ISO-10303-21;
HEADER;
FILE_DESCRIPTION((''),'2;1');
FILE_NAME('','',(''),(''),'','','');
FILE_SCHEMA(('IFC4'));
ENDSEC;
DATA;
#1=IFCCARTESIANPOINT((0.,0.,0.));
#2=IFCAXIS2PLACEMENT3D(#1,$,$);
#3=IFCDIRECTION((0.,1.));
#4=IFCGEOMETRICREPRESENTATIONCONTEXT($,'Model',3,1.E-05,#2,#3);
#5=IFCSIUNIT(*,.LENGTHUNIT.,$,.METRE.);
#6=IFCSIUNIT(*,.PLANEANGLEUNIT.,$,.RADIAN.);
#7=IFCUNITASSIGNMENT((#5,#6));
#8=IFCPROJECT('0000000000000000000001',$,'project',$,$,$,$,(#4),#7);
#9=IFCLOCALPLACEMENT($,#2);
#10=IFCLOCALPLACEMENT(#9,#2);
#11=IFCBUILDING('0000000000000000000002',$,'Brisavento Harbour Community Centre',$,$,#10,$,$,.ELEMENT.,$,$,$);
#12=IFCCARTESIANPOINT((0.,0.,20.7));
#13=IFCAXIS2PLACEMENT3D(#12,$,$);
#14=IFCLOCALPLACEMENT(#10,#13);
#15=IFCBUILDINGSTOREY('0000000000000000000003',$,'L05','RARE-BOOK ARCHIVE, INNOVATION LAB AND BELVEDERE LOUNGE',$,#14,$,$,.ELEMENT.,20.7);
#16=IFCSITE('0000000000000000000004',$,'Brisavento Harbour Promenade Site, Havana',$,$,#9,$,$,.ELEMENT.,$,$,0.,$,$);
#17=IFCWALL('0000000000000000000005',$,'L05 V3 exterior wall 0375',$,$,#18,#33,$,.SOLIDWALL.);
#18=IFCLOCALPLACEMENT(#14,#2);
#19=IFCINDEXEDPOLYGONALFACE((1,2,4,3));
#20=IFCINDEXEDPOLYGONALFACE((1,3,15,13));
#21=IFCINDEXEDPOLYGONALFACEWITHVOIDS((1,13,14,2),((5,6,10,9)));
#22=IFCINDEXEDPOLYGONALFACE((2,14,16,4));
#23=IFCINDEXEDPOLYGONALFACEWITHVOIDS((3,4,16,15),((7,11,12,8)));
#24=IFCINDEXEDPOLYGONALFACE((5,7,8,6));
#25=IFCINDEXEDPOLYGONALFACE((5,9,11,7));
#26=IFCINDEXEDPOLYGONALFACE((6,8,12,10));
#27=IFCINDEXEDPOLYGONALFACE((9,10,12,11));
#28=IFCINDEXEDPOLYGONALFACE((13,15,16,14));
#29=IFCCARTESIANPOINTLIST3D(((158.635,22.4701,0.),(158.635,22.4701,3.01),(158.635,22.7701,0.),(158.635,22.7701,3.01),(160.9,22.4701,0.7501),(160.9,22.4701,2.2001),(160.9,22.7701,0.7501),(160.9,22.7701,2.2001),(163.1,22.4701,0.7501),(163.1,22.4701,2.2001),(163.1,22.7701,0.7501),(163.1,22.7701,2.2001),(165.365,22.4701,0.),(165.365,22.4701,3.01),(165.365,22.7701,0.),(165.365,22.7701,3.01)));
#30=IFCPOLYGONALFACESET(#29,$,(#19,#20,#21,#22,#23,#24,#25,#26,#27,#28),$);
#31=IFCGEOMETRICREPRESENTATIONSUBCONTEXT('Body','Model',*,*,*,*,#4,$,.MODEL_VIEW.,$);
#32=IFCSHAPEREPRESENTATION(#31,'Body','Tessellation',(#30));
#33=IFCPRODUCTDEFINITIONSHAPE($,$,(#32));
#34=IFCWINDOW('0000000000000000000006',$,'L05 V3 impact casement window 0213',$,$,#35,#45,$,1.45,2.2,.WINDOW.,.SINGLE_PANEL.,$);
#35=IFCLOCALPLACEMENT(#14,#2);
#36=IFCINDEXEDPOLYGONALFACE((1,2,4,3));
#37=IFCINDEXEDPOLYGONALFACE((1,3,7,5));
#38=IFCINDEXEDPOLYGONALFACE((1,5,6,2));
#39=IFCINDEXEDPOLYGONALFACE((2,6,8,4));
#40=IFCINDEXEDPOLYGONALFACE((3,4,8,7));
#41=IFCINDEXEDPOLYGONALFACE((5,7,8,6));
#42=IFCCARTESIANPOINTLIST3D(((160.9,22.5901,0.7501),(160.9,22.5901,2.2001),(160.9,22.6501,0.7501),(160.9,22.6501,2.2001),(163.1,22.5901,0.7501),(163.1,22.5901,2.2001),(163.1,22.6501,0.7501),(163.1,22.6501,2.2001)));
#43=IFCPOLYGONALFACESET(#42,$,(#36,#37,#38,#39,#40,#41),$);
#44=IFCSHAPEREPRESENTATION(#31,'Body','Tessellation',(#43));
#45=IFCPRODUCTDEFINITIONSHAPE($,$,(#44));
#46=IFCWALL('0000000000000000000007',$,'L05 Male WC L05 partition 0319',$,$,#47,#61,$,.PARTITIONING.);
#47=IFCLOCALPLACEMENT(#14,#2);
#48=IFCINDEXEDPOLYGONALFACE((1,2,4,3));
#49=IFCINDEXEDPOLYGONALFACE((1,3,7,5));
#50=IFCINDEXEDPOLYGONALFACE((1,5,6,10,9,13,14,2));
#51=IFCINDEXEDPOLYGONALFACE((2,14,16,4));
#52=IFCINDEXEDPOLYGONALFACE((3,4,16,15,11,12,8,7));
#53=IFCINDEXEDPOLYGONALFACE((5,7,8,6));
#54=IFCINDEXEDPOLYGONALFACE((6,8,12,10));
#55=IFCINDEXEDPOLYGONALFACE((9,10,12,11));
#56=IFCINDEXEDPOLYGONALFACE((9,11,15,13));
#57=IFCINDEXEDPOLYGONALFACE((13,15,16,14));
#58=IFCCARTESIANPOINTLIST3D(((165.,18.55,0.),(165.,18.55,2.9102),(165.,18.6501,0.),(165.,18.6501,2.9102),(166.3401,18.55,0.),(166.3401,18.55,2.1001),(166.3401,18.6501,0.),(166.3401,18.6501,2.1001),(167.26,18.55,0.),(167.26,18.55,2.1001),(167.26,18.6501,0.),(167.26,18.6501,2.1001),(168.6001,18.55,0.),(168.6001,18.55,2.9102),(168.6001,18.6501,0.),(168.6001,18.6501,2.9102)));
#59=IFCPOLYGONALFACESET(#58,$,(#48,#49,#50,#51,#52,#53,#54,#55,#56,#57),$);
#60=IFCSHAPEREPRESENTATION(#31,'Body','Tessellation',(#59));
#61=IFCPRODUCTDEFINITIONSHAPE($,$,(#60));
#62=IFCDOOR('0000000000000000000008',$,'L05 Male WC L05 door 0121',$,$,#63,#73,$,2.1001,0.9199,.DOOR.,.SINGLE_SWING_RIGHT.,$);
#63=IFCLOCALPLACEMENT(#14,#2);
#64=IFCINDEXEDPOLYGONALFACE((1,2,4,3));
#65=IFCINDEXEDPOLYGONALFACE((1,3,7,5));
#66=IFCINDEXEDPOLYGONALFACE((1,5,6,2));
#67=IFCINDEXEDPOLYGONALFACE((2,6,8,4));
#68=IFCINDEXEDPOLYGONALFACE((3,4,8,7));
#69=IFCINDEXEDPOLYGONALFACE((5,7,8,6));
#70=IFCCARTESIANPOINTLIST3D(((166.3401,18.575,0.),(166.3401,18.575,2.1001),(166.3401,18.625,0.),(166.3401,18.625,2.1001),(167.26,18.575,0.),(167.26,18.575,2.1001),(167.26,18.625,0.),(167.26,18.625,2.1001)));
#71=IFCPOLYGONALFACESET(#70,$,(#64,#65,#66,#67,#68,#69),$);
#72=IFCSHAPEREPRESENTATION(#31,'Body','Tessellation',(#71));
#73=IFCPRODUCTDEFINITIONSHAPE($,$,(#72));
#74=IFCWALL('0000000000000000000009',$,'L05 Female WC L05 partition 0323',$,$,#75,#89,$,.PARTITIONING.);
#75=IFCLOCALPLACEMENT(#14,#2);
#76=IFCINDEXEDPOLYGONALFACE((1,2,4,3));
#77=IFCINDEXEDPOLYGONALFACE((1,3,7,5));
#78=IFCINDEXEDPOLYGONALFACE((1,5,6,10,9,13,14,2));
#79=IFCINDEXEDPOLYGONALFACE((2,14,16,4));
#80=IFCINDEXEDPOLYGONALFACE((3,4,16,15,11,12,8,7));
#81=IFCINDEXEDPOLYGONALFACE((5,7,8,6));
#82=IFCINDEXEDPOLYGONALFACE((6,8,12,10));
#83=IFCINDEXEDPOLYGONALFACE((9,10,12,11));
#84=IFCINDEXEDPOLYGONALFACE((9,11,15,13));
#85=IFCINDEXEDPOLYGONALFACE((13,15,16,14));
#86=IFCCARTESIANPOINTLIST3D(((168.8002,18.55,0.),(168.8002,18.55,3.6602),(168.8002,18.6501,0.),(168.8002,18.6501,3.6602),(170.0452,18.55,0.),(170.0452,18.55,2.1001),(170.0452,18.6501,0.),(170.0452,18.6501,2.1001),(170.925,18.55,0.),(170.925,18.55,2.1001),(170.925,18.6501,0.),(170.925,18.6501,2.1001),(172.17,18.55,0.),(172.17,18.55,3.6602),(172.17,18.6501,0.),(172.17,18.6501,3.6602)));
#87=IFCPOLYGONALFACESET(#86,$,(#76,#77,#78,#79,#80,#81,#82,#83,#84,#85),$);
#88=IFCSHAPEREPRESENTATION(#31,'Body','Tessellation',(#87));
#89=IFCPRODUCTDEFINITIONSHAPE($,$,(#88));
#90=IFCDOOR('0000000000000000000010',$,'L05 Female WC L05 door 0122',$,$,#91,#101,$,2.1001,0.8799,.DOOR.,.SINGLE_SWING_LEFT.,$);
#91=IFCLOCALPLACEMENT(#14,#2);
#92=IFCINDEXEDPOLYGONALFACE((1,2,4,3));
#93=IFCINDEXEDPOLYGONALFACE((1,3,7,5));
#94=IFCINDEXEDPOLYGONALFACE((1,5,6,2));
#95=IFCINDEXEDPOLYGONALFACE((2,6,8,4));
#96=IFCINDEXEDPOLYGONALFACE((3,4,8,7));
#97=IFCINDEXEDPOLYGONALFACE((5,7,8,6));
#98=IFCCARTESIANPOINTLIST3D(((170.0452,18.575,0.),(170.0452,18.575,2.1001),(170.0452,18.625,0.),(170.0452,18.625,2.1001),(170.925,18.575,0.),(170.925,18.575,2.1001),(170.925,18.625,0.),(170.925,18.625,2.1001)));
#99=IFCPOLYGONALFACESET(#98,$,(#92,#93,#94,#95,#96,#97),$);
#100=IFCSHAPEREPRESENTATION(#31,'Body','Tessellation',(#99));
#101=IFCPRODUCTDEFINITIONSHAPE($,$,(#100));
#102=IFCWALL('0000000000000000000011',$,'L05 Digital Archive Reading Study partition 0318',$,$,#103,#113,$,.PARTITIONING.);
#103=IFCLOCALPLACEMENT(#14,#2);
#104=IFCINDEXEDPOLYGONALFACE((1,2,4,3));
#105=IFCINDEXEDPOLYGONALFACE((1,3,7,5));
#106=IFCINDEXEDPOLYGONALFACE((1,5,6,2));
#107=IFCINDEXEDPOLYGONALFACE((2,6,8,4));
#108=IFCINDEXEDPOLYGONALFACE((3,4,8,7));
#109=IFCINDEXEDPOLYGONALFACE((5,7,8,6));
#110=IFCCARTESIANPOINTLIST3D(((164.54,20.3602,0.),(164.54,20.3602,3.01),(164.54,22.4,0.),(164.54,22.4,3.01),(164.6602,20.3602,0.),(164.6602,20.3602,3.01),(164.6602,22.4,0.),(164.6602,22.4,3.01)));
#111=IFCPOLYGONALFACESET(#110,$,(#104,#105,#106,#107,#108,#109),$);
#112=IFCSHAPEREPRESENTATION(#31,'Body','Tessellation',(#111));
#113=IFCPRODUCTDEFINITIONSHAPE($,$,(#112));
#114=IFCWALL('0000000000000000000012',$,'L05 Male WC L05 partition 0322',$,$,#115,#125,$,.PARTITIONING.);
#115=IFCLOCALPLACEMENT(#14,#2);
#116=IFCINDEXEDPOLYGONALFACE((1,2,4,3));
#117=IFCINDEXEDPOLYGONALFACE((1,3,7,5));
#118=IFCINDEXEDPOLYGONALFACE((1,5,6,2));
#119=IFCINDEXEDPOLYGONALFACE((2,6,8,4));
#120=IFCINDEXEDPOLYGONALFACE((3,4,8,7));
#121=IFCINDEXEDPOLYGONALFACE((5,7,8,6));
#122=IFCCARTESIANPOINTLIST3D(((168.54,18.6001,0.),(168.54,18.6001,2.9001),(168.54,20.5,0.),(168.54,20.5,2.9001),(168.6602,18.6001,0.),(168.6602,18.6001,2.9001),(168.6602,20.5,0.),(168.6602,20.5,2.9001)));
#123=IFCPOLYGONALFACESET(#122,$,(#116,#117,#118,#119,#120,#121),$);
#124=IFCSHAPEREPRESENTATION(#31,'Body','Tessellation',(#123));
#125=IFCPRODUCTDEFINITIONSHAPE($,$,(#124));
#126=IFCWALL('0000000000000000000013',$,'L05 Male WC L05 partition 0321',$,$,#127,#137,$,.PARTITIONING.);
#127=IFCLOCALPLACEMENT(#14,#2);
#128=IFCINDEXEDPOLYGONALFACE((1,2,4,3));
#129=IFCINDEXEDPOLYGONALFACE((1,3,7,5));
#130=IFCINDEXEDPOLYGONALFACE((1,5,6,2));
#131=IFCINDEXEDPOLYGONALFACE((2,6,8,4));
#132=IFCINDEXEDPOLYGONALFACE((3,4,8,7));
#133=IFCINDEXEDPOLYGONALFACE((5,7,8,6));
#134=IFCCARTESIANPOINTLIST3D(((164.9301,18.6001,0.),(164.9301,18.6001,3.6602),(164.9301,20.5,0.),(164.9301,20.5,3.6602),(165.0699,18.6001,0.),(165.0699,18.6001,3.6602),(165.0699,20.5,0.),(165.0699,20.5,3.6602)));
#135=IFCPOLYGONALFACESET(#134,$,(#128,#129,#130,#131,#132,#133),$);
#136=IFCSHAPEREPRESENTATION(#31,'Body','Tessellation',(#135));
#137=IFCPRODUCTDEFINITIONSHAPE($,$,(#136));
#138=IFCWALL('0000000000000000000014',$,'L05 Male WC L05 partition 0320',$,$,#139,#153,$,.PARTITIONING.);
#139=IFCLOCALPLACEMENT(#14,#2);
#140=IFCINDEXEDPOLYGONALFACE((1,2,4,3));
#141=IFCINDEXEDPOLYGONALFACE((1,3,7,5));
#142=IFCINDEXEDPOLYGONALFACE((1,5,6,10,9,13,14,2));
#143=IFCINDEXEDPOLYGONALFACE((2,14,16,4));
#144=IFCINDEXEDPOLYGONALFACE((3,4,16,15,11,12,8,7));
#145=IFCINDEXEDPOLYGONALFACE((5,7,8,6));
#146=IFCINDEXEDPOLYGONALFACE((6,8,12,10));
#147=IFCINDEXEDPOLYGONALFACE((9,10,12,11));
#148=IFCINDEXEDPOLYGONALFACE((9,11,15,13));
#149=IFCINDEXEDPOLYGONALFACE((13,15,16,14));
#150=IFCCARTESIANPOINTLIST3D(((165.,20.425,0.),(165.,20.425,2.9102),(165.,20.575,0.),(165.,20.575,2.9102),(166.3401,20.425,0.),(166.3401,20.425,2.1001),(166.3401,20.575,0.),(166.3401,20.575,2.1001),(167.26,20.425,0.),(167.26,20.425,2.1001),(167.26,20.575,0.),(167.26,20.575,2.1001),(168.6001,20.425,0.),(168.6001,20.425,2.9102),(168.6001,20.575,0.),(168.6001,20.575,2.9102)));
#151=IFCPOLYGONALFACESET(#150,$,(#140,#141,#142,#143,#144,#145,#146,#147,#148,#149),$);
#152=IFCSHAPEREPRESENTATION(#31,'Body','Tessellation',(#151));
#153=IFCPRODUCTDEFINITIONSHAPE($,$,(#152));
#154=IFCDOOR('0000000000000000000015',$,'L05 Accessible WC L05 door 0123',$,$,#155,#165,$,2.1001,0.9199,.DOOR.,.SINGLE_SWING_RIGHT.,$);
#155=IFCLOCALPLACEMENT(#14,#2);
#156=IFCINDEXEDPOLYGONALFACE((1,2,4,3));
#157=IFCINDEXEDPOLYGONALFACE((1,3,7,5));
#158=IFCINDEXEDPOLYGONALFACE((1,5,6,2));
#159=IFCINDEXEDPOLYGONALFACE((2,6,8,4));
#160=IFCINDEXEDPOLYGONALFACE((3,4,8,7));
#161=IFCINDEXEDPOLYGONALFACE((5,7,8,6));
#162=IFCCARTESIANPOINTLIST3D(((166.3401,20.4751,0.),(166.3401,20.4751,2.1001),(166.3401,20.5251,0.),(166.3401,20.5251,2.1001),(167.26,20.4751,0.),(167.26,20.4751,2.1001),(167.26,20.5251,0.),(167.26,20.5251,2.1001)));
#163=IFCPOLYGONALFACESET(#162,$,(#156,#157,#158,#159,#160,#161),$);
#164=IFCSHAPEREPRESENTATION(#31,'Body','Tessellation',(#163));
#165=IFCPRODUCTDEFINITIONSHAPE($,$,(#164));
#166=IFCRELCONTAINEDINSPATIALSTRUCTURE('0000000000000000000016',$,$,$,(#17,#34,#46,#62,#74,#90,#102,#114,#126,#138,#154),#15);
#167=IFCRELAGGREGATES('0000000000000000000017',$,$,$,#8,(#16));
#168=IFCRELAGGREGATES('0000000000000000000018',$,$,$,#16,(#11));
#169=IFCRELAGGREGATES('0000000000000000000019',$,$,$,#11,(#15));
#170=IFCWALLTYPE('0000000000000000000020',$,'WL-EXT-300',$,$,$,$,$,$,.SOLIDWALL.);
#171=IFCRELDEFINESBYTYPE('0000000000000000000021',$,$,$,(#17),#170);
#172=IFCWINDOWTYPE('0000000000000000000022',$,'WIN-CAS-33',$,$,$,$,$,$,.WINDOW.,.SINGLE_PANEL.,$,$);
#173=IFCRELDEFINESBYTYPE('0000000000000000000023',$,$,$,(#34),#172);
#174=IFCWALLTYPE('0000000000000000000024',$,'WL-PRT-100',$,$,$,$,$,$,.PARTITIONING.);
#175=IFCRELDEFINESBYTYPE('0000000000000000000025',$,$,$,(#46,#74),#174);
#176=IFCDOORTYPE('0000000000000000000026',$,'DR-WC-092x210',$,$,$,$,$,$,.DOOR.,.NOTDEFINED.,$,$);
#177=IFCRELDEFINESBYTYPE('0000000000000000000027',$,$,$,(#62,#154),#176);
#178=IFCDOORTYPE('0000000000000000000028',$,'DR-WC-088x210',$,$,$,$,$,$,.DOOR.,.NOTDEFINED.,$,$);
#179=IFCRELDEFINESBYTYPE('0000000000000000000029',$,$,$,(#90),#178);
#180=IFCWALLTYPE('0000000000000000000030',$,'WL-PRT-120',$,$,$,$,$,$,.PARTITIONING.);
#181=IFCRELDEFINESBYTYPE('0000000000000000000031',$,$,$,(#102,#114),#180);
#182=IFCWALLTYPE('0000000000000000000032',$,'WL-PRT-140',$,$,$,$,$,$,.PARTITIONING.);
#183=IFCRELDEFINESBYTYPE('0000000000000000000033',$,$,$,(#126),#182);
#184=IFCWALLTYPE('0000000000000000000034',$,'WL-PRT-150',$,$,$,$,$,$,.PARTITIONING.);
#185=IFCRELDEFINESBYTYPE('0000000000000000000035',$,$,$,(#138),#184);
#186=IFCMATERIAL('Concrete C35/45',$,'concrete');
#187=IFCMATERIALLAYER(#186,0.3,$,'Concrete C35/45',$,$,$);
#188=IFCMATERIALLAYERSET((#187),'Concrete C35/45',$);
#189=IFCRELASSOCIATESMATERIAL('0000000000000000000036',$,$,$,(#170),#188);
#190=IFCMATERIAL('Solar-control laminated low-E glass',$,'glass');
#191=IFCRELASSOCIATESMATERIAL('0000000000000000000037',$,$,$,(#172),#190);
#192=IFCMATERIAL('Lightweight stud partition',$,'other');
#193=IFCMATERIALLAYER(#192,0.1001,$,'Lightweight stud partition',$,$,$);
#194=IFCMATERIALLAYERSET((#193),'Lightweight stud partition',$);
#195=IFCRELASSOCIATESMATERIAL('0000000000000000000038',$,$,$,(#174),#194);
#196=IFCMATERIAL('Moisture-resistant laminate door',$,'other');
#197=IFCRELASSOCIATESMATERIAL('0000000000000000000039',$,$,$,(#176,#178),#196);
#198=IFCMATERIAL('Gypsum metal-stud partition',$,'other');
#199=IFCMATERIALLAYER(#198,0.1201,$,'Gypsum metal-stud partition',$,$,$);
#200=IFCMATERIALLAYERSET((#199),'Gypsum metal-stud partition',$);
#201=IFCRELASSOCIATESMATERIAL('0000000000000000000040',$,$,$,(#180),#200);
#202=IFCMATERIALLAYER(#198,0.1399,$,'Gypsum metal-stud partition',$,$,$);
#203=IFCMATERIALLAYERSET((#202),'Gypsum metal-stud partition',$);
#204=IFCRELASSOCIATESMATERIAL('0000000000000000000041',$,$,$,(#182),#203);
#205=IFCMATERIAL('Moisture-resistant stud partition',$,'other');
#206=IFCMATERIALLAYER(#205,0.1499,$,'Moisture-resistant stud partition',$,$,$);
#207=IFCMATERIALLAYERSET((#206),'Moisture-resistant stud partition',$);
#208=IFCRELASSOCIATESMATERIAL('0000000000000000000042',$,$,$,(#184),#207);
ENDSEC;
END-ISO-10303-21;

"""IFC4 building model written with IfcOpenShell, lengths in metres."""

from ifc_helpers import new_model, si_unit, direction, frame, frame_2d, origin, place, context, subcontext, project, spatial, rectangle, extrude, material, layer, layer_set, type_object, element, fill, save


model = new_model("IFC4")

# Units and contexts
model_context = context("Model", 3, precision=1e-05, world=origin(), true_north=direction((0.0, 1.0)))
body_context = subcontext(model_context, "Body", "Model", "MODEL_VIEW")
ifc_project = project(units=[si_unit("LENGTHUNIT", "METRE"), si_unit("PLANEANGLEUNIT", "RADIAN")], contexts=[model_context])

# Site, building, storey
site_placement = place(None, origin())
site = spatial("IfcSite", under=ifc_project, at=site_placement, Name="Brisavento Harbour Promenade Site, Havana", CompositionType="ELEMENT", RefElevation=0.0)
building_placement = place(site_placement, origin())
building = spatial("IfcBuilding", under=site, at=building_placement, Name="Brisavento Harbour Community Centre", CompositionType="ELEMENT")
storey_placement = place(building_placement, frame((0.0, 0.0, 20.7)))
storey = spatial("IfcBuildingStorey", under=building, at=storey_placement, Name="L05", Description="RARE-BOOK ARCHIVE, INNOVATION LAB AND BELVEDERE LOUNGE", CompositionType="ELEMENT", Elevation=20.7)

# Shared definitions
ifc_material_1 = material(Name="Concrete C35/45", Category="concrete")

# Wall, opening, window
ifc_material_2 = material(Name="Solar-control laminated low-E glass", Category="glass")
ifc_layer_1 = layer(ifc_material_1, 0.3, Name="Concrete C35/45")
ifc_layer_set_1 = layer_set([ifc_layer_1], Name="Concrete C35/45")
wall_type_1 = type_object("IfcWallType", Name="WL-EXT-300", PredefinedType="SOLIDWALL", material=ifc_layer_set_1)
wall_1_placement = place(storey_placement, frame((158.635, 22.6201, 0.0), z_axis=(0.0, 0.0, 1.0), x_axis=(1.0, 0.0, 0.0)))
wall_1 = element("IfcWall", 1, at=wall_1_placement, inside=storey, type_object=wall_type_1, Name="L05 V3 exterior wall 0375", PredefinedType="SOLIDWALL", context=body_context, shape_type="SweptSolid", body=[
    extrude(rectangle(XDim=6.73, YDim=0.3, at=frame_2d((3.365, 0.0))), origin(), (0.0, 0.0, 1.0), 3.01),
])
opening_1_placement = place(wall_1_placement, frame((2.2649, 0.0, 0.75)))
opening_1 = element("IfcOpeningElement", 2, at=opening_1_placement, cuts=wall_1, PredefinedType="OPENING", context=body_context, shape_type="SweptSolid", body=[
    extrude(rectangle(XDim=2.2, YDim=1.45, at=frame_2d((1.1001, 0.7251))), frame((0.0, 0.1602, 0.0), z_axis=(0.0, -1.0, 0.0), x_axis=(1.0, 0.0, 0.0)), (0.0, 0.0, 1.0), 0.3201),
])
window_type_1 = type_object("IfcWindowType", Name="WIN-CAS-33", PartitioningType="SINGLE_PANEL", PredefinedType="WINDOW", material=ifc_material_2)
window_1_placement = place(opening_1_placement, origin())
window_1 = element("IfcWindow", 3, at=window_1_placement, inside=storey, type_object=window_type_1, Name="L05 V3 impact casement window 0213", OverallHeight=1.45, OverallWidth=2.2, PartitioningType="SINGLE_PANEL", PredefinedType="WINDOW", context=body_context, shape_type="SweptSolid", body=[
    extrude(rectangle(XDim=2.2, YDim=1.45, at=frame_2d((1.1001, 0.7251))), frame((0.0, 0.03, 0.0), z_axis=(0.0, -1.0, 0.0), x_axis=(1.0, 0.0, 0.0)), (0.0, 0.0, 1.0), 0.0601),
])
fill(opening_1, window_1)

# Walls, openings, doors
ifc_material_3 = material(Name="Lightweight stud partition", Category="other")
ifc_layer_2 = layer(ifc_material_3, 0.1001, Name="Lightweight stud partition")
ifc_layer_set_2 = layer_set([ifc_layer_2], Name="Lightweight stud partition")
wall_type_2 = type_object("IfcWallType", Name="WL-PRT-100", PredefinedType="PARTITIONING", material=ifc_layer_set_2)
wall_2_placement = place(storey_placement, frame((165.0, 18.6001, 0.0), z_axis=(0.0, 0.0, 1.0), x_axis=(1.0, 0.0, 0.0)))
wall_2 = element("IfcWall", 4, at=wall_2_placement, inside=storey, type_object=wall_type_2, Name="L05 Male WC L05 partition 0319", PredefinedType="PARTITIONING", context=body_context, shape_type="SweptSolid", body=[
    extrude(rectangle(XDim=3.6001, YDim=0.1001, at=frame_2d((1.8, 0.0))), origin(), (0.0, 0.0, 1.0), 2.9102),
])
opening_2_placement = place(wall_2_placement, frame((1.3401, 0.0, 0.0)))
opening_2 = element("IfcOpeningElement", 5, at=opening_2_placement, cuts=wall_2, PredefinedType="OPENING", context=body_context, shape_type="SweptSolid", body=[
    extrude(rectangle(XDim=0.9199, YDim=2.1001, at=frame_2d((0.46, 1.05))), frame((0.0, 0.0601, 0.0), z_axis=(0.0, -1.0, 0.0), x_axis=(1.0, 0.0, 0.0)), (0.0, 0.0, 1.0), 0.1201),
])
ifc_material_4 = material(Name="Moisture-resistant laminate door", Category="other")
door_type_1 = type_object("IfcDoorType", Name="DR-WC-092x210", OperationType="NOTDEFINED", PredefinedType="DOOR", material=ifc_material_4)
door_1_placement = place(opening_2_placement, origin())
door_1 = element("IfcDoor", 6, at=door_1_placement, inside=storey, type_object=door_type_1, Name="L05 Male WC L05 door 0121", OperationType="SINGLE_SWING_RIGHT", OverallHeight=2.1001, OverallWidth=0.9199, PredefinedType="DOOR", context=body_context, shape_type="SweptSolid", body=[
    extrude(rectangle(XDim=0.9199, YDim=2.1001, at=frame_2d((0.46, 1.05))), frame((0.0, 0.0249, 0.0), z_axis=(0.0, -1.0, 0.0), x_axis=(1.0, 0.0, 0.0)), (0.0, 0.0, 1.0), 0.05),
])
fill(opening_2, door_1)
wall_3_placement = place(storey_placement, frame((168.8, 18.6001, 0.0), z_axis=(0.0, 0.0, 1.0), x_axis=(1.0, 0.0, 0.0)))
wall_3 = element("IfcWall", 7, at=wall_3_placement, inside=storey, type_object=wall_type_2, Name="L05 Female WC L05 partition 0323", PredefinedType="PARTITIONING", context=body_context, shape_type="SweptSolid", body=[
    extrude(rectangle(XDim=3.3699, YDim=0.1001, at=frame_2d((1.6851, 0.0))), origin(), (0.0, 0.0, 1.0), 3.6602),
])
opening_3_placement = place(wall_3_placement, frame((1.2451, 0.0, 0.0)))
opening_3 = element("IfcOpeningElement", 8, at=opening_3_placement, cuts=wall_3, PredefinedType="OPENING", context=body_context, shape_type="SweptSolid", body=[
    extrude(rectangle(XDim=0.8799, YDim=2.1001, at=frame_2d((0.4399, 1.05))), frame((0.0, 0.0601, 0.0), z_axis=(0.0, -1.0, 0.0), x_axis=(1.0, 0.0, 0.0)), (0.0, 0.0, 1.0), 0.1201),
])
door_type_2 = type_object("IfcDoorType", Name="DR-WC-088x210", OperationType="NOTDEFINED", PredefinedType="DOOR", material=ifc_material_4)
door_2_placement = place(opening_3_placement, origin())
door_2 = element("IfcDoor", 9, at=door_2_placement, inside=storey, type_object=door_type_2, Name="L05 Female WC L05 door 0122", OperationType="SINGLE_SWING_LEFT", OverallHeight=2.1001, OverallWidth=0.8799, PredefinedType="DOOR", context=body_context, shape_type="SweptSolid", body=[
    extrude(rectangle(XDim=0.8799, YDim=2.1001, at=frame_2d((0.4399, 1.05))), frame((0.0, 0.0249, 0.0), z_axis=(0.0, -1.0, 0.0), x_axis=(1.0, 0.0, 0.0)), (0.0, 0.0, 1.0), 0.05),
])
fill(opening_3, door_2)

# Walls
ifc_material_5 = material(Name="Gypsum metal-stud partition", Category="other")
ifc_layer_3 = layer(ifc_material_5, 0.1201, Name="Gypsum metal-stud partition")
ifc_layer_set_3 = layer_set([ifc_layer_3], Name="Gypsum metal-stud partition")
wall_type_3 = type_object("IfcWallType", Name="WL-PRT-120", PredefinedType="PARTITIONING", material=ifc_layer_set_3)
wall_4_placement = place(storey_placement, frame((164.6001, 20.3601, 0.0), z_axis=(0.0, 0.0, 1.0), x_axis=(0.0, 1.0, 0.0)))
element("IfcWall", 10, at=wall_4_placement, inside=storey, type_object=wall_type_3, Name="L05 Digital Archive Reading Study partition 0318", PredefinedType="PARTITIONING", context=body_context, shape_type="SweptSolid", body=[
    extrude(rectangle(XDim=2.0398, YDim=0.1201, at=frame_2d((1.02, 0.0))), origin(), (0.0, 0.0, 1.0), 3.01),
])
wall_5_placement = place(storey_placement, frame((168.6001, 18.6001, 0.0), z_axis=(0.0, 0.0, 1.0), x_axis=(0.0, 1.0, 0.0)))
element("IfcWall", 11, at=wall_5_placement, inside=storey, type_object=wall_type_3, Name="L05 Male WC L05 partition 0322", PredefinedType="PARTITIONING", context=body_context, shape_type="SweptSolid", body=[
    extrude(rectangle(XDim=1.8999, YDim=0.1201, at=frame_2d((0.95, 0.0))), origin(), (0.0, 0.0, 1.0), 2.9001),
])
ifc_layer_4 = layer(ifc_material_5, 0.1399, Name="Gypsum metal-stud partition")
ifc_layer_set_4 = layer_set([ifc_layer_4], Name="Gypsum metal-stud partition")
wall_type_4 = type_object("IfcWallType", Name="WL-PRT-140", PredefinedType="PARTITIONING", material=ifc_layer_set_4)
wall_6_placement = place(storey_placement, frame((165.0, 20.5, 0.0), z_axis=(0.0, 0.0, 1.0), x_axis=(0.0, -1.0, 0.0)))
element("IfcWall", 12, at=wall_6_placement, inside=storey, type_object=wall_type_4, Name="L05 Male WC L05 partition 0321", PredefinedType="PARTITIONING", context=body_context, shape_type="SweptSolid", body=[
    extrude(rectangle(XDim=1.8999, YDim=0.1399, at=frame_2d((0.95, 0.0))), origin(), (0.0, 0.0, 1.0), 3.6602),
])

# Wall, opening, door
ifc_material_6 = material(Name="Moisture-resistant stud partition", Category="other")
ifc_layer_5 = layer(ifc_material_6, 0.1499, Name="Moisture-resistant stud partition")
ifc_layer_set_5 = layer_set([ifc_layer_5], Name="Moisture-resistant stud partition")
wall_type_5 = type_object("IfcWallType", Name="WL-PRT-150", PredefinedType="PARTITIONING", material=ifc_layer_set_5)
wall_7_placement = place(storey_placement, frame((168.6001, 20.5, 0.0), z_axis=(0.0, 0.0, 1.0), x_axis=(-1.0, 0.0, 0.0)))
wall_7 = element("IfcWall", 13, at=wall_7_placement, inside=storey, type_object=wall_type_5, Name="L05 Male WC L05 partition 0320", PredefinedType="PARTITIONING", context=body_context, shape_type="SweptSolid", body=[
    extrude(rectangle(XDim=3.6001, YDim=0.1499, at=frame_2d((1.8, 0.0))), origin(), (0.0, 0.0, 1.0), 2.9102),
])
opening_4_placement = place(wall_7_placement, frame((1.3401, 0.0, 0.0)))
opening_4 = element("IfcOpeningElement", 14, at=opening_4_placement, cuts=wall_7, PredefinedType="OPENING", context=body_context, shape_type="SweptSolid", body=[
    extrude(rectangle(XDim=0.9199, YDim=2.1001, at=frame_2d((0.46, 1.05))), frame((0.0, 0.085, 0.0), z_axis=(0.0, -1.0, 0.0), x_axis=(1.0, 0.0, 0.0)), (0.0, 0.0, 1.0), 0.1699),
])
door_3_placement = place(opening_4_placement, origin())
door_3 = element("IfcDoor", 15, at=door_3_placement, inside=storey, type_object=door_type_1, Name="L05 Accessible WC L05 door 0123", OperationType="SINGLE_SWING_RIGHT", OverallHeight=2.1001, OverallWidth=0.9199, PredefinedType="DOOR", context=body_context, shape_type="SweptSolid", body=[
    extrude(rectangle(XDim=0.9199, YDim=2.1001, at=frame_2d((0.46, 1.05))), frame((0.0, 0.0249, 0.0), z_axis=(0.0, -1.0, 0.0), x_axis=(1.0, 0.0, 0.0)), (0.0, 0.0, 1.0), 0.05),
])
fill(opening_4, door_3)

save(model, "model.ifc")
